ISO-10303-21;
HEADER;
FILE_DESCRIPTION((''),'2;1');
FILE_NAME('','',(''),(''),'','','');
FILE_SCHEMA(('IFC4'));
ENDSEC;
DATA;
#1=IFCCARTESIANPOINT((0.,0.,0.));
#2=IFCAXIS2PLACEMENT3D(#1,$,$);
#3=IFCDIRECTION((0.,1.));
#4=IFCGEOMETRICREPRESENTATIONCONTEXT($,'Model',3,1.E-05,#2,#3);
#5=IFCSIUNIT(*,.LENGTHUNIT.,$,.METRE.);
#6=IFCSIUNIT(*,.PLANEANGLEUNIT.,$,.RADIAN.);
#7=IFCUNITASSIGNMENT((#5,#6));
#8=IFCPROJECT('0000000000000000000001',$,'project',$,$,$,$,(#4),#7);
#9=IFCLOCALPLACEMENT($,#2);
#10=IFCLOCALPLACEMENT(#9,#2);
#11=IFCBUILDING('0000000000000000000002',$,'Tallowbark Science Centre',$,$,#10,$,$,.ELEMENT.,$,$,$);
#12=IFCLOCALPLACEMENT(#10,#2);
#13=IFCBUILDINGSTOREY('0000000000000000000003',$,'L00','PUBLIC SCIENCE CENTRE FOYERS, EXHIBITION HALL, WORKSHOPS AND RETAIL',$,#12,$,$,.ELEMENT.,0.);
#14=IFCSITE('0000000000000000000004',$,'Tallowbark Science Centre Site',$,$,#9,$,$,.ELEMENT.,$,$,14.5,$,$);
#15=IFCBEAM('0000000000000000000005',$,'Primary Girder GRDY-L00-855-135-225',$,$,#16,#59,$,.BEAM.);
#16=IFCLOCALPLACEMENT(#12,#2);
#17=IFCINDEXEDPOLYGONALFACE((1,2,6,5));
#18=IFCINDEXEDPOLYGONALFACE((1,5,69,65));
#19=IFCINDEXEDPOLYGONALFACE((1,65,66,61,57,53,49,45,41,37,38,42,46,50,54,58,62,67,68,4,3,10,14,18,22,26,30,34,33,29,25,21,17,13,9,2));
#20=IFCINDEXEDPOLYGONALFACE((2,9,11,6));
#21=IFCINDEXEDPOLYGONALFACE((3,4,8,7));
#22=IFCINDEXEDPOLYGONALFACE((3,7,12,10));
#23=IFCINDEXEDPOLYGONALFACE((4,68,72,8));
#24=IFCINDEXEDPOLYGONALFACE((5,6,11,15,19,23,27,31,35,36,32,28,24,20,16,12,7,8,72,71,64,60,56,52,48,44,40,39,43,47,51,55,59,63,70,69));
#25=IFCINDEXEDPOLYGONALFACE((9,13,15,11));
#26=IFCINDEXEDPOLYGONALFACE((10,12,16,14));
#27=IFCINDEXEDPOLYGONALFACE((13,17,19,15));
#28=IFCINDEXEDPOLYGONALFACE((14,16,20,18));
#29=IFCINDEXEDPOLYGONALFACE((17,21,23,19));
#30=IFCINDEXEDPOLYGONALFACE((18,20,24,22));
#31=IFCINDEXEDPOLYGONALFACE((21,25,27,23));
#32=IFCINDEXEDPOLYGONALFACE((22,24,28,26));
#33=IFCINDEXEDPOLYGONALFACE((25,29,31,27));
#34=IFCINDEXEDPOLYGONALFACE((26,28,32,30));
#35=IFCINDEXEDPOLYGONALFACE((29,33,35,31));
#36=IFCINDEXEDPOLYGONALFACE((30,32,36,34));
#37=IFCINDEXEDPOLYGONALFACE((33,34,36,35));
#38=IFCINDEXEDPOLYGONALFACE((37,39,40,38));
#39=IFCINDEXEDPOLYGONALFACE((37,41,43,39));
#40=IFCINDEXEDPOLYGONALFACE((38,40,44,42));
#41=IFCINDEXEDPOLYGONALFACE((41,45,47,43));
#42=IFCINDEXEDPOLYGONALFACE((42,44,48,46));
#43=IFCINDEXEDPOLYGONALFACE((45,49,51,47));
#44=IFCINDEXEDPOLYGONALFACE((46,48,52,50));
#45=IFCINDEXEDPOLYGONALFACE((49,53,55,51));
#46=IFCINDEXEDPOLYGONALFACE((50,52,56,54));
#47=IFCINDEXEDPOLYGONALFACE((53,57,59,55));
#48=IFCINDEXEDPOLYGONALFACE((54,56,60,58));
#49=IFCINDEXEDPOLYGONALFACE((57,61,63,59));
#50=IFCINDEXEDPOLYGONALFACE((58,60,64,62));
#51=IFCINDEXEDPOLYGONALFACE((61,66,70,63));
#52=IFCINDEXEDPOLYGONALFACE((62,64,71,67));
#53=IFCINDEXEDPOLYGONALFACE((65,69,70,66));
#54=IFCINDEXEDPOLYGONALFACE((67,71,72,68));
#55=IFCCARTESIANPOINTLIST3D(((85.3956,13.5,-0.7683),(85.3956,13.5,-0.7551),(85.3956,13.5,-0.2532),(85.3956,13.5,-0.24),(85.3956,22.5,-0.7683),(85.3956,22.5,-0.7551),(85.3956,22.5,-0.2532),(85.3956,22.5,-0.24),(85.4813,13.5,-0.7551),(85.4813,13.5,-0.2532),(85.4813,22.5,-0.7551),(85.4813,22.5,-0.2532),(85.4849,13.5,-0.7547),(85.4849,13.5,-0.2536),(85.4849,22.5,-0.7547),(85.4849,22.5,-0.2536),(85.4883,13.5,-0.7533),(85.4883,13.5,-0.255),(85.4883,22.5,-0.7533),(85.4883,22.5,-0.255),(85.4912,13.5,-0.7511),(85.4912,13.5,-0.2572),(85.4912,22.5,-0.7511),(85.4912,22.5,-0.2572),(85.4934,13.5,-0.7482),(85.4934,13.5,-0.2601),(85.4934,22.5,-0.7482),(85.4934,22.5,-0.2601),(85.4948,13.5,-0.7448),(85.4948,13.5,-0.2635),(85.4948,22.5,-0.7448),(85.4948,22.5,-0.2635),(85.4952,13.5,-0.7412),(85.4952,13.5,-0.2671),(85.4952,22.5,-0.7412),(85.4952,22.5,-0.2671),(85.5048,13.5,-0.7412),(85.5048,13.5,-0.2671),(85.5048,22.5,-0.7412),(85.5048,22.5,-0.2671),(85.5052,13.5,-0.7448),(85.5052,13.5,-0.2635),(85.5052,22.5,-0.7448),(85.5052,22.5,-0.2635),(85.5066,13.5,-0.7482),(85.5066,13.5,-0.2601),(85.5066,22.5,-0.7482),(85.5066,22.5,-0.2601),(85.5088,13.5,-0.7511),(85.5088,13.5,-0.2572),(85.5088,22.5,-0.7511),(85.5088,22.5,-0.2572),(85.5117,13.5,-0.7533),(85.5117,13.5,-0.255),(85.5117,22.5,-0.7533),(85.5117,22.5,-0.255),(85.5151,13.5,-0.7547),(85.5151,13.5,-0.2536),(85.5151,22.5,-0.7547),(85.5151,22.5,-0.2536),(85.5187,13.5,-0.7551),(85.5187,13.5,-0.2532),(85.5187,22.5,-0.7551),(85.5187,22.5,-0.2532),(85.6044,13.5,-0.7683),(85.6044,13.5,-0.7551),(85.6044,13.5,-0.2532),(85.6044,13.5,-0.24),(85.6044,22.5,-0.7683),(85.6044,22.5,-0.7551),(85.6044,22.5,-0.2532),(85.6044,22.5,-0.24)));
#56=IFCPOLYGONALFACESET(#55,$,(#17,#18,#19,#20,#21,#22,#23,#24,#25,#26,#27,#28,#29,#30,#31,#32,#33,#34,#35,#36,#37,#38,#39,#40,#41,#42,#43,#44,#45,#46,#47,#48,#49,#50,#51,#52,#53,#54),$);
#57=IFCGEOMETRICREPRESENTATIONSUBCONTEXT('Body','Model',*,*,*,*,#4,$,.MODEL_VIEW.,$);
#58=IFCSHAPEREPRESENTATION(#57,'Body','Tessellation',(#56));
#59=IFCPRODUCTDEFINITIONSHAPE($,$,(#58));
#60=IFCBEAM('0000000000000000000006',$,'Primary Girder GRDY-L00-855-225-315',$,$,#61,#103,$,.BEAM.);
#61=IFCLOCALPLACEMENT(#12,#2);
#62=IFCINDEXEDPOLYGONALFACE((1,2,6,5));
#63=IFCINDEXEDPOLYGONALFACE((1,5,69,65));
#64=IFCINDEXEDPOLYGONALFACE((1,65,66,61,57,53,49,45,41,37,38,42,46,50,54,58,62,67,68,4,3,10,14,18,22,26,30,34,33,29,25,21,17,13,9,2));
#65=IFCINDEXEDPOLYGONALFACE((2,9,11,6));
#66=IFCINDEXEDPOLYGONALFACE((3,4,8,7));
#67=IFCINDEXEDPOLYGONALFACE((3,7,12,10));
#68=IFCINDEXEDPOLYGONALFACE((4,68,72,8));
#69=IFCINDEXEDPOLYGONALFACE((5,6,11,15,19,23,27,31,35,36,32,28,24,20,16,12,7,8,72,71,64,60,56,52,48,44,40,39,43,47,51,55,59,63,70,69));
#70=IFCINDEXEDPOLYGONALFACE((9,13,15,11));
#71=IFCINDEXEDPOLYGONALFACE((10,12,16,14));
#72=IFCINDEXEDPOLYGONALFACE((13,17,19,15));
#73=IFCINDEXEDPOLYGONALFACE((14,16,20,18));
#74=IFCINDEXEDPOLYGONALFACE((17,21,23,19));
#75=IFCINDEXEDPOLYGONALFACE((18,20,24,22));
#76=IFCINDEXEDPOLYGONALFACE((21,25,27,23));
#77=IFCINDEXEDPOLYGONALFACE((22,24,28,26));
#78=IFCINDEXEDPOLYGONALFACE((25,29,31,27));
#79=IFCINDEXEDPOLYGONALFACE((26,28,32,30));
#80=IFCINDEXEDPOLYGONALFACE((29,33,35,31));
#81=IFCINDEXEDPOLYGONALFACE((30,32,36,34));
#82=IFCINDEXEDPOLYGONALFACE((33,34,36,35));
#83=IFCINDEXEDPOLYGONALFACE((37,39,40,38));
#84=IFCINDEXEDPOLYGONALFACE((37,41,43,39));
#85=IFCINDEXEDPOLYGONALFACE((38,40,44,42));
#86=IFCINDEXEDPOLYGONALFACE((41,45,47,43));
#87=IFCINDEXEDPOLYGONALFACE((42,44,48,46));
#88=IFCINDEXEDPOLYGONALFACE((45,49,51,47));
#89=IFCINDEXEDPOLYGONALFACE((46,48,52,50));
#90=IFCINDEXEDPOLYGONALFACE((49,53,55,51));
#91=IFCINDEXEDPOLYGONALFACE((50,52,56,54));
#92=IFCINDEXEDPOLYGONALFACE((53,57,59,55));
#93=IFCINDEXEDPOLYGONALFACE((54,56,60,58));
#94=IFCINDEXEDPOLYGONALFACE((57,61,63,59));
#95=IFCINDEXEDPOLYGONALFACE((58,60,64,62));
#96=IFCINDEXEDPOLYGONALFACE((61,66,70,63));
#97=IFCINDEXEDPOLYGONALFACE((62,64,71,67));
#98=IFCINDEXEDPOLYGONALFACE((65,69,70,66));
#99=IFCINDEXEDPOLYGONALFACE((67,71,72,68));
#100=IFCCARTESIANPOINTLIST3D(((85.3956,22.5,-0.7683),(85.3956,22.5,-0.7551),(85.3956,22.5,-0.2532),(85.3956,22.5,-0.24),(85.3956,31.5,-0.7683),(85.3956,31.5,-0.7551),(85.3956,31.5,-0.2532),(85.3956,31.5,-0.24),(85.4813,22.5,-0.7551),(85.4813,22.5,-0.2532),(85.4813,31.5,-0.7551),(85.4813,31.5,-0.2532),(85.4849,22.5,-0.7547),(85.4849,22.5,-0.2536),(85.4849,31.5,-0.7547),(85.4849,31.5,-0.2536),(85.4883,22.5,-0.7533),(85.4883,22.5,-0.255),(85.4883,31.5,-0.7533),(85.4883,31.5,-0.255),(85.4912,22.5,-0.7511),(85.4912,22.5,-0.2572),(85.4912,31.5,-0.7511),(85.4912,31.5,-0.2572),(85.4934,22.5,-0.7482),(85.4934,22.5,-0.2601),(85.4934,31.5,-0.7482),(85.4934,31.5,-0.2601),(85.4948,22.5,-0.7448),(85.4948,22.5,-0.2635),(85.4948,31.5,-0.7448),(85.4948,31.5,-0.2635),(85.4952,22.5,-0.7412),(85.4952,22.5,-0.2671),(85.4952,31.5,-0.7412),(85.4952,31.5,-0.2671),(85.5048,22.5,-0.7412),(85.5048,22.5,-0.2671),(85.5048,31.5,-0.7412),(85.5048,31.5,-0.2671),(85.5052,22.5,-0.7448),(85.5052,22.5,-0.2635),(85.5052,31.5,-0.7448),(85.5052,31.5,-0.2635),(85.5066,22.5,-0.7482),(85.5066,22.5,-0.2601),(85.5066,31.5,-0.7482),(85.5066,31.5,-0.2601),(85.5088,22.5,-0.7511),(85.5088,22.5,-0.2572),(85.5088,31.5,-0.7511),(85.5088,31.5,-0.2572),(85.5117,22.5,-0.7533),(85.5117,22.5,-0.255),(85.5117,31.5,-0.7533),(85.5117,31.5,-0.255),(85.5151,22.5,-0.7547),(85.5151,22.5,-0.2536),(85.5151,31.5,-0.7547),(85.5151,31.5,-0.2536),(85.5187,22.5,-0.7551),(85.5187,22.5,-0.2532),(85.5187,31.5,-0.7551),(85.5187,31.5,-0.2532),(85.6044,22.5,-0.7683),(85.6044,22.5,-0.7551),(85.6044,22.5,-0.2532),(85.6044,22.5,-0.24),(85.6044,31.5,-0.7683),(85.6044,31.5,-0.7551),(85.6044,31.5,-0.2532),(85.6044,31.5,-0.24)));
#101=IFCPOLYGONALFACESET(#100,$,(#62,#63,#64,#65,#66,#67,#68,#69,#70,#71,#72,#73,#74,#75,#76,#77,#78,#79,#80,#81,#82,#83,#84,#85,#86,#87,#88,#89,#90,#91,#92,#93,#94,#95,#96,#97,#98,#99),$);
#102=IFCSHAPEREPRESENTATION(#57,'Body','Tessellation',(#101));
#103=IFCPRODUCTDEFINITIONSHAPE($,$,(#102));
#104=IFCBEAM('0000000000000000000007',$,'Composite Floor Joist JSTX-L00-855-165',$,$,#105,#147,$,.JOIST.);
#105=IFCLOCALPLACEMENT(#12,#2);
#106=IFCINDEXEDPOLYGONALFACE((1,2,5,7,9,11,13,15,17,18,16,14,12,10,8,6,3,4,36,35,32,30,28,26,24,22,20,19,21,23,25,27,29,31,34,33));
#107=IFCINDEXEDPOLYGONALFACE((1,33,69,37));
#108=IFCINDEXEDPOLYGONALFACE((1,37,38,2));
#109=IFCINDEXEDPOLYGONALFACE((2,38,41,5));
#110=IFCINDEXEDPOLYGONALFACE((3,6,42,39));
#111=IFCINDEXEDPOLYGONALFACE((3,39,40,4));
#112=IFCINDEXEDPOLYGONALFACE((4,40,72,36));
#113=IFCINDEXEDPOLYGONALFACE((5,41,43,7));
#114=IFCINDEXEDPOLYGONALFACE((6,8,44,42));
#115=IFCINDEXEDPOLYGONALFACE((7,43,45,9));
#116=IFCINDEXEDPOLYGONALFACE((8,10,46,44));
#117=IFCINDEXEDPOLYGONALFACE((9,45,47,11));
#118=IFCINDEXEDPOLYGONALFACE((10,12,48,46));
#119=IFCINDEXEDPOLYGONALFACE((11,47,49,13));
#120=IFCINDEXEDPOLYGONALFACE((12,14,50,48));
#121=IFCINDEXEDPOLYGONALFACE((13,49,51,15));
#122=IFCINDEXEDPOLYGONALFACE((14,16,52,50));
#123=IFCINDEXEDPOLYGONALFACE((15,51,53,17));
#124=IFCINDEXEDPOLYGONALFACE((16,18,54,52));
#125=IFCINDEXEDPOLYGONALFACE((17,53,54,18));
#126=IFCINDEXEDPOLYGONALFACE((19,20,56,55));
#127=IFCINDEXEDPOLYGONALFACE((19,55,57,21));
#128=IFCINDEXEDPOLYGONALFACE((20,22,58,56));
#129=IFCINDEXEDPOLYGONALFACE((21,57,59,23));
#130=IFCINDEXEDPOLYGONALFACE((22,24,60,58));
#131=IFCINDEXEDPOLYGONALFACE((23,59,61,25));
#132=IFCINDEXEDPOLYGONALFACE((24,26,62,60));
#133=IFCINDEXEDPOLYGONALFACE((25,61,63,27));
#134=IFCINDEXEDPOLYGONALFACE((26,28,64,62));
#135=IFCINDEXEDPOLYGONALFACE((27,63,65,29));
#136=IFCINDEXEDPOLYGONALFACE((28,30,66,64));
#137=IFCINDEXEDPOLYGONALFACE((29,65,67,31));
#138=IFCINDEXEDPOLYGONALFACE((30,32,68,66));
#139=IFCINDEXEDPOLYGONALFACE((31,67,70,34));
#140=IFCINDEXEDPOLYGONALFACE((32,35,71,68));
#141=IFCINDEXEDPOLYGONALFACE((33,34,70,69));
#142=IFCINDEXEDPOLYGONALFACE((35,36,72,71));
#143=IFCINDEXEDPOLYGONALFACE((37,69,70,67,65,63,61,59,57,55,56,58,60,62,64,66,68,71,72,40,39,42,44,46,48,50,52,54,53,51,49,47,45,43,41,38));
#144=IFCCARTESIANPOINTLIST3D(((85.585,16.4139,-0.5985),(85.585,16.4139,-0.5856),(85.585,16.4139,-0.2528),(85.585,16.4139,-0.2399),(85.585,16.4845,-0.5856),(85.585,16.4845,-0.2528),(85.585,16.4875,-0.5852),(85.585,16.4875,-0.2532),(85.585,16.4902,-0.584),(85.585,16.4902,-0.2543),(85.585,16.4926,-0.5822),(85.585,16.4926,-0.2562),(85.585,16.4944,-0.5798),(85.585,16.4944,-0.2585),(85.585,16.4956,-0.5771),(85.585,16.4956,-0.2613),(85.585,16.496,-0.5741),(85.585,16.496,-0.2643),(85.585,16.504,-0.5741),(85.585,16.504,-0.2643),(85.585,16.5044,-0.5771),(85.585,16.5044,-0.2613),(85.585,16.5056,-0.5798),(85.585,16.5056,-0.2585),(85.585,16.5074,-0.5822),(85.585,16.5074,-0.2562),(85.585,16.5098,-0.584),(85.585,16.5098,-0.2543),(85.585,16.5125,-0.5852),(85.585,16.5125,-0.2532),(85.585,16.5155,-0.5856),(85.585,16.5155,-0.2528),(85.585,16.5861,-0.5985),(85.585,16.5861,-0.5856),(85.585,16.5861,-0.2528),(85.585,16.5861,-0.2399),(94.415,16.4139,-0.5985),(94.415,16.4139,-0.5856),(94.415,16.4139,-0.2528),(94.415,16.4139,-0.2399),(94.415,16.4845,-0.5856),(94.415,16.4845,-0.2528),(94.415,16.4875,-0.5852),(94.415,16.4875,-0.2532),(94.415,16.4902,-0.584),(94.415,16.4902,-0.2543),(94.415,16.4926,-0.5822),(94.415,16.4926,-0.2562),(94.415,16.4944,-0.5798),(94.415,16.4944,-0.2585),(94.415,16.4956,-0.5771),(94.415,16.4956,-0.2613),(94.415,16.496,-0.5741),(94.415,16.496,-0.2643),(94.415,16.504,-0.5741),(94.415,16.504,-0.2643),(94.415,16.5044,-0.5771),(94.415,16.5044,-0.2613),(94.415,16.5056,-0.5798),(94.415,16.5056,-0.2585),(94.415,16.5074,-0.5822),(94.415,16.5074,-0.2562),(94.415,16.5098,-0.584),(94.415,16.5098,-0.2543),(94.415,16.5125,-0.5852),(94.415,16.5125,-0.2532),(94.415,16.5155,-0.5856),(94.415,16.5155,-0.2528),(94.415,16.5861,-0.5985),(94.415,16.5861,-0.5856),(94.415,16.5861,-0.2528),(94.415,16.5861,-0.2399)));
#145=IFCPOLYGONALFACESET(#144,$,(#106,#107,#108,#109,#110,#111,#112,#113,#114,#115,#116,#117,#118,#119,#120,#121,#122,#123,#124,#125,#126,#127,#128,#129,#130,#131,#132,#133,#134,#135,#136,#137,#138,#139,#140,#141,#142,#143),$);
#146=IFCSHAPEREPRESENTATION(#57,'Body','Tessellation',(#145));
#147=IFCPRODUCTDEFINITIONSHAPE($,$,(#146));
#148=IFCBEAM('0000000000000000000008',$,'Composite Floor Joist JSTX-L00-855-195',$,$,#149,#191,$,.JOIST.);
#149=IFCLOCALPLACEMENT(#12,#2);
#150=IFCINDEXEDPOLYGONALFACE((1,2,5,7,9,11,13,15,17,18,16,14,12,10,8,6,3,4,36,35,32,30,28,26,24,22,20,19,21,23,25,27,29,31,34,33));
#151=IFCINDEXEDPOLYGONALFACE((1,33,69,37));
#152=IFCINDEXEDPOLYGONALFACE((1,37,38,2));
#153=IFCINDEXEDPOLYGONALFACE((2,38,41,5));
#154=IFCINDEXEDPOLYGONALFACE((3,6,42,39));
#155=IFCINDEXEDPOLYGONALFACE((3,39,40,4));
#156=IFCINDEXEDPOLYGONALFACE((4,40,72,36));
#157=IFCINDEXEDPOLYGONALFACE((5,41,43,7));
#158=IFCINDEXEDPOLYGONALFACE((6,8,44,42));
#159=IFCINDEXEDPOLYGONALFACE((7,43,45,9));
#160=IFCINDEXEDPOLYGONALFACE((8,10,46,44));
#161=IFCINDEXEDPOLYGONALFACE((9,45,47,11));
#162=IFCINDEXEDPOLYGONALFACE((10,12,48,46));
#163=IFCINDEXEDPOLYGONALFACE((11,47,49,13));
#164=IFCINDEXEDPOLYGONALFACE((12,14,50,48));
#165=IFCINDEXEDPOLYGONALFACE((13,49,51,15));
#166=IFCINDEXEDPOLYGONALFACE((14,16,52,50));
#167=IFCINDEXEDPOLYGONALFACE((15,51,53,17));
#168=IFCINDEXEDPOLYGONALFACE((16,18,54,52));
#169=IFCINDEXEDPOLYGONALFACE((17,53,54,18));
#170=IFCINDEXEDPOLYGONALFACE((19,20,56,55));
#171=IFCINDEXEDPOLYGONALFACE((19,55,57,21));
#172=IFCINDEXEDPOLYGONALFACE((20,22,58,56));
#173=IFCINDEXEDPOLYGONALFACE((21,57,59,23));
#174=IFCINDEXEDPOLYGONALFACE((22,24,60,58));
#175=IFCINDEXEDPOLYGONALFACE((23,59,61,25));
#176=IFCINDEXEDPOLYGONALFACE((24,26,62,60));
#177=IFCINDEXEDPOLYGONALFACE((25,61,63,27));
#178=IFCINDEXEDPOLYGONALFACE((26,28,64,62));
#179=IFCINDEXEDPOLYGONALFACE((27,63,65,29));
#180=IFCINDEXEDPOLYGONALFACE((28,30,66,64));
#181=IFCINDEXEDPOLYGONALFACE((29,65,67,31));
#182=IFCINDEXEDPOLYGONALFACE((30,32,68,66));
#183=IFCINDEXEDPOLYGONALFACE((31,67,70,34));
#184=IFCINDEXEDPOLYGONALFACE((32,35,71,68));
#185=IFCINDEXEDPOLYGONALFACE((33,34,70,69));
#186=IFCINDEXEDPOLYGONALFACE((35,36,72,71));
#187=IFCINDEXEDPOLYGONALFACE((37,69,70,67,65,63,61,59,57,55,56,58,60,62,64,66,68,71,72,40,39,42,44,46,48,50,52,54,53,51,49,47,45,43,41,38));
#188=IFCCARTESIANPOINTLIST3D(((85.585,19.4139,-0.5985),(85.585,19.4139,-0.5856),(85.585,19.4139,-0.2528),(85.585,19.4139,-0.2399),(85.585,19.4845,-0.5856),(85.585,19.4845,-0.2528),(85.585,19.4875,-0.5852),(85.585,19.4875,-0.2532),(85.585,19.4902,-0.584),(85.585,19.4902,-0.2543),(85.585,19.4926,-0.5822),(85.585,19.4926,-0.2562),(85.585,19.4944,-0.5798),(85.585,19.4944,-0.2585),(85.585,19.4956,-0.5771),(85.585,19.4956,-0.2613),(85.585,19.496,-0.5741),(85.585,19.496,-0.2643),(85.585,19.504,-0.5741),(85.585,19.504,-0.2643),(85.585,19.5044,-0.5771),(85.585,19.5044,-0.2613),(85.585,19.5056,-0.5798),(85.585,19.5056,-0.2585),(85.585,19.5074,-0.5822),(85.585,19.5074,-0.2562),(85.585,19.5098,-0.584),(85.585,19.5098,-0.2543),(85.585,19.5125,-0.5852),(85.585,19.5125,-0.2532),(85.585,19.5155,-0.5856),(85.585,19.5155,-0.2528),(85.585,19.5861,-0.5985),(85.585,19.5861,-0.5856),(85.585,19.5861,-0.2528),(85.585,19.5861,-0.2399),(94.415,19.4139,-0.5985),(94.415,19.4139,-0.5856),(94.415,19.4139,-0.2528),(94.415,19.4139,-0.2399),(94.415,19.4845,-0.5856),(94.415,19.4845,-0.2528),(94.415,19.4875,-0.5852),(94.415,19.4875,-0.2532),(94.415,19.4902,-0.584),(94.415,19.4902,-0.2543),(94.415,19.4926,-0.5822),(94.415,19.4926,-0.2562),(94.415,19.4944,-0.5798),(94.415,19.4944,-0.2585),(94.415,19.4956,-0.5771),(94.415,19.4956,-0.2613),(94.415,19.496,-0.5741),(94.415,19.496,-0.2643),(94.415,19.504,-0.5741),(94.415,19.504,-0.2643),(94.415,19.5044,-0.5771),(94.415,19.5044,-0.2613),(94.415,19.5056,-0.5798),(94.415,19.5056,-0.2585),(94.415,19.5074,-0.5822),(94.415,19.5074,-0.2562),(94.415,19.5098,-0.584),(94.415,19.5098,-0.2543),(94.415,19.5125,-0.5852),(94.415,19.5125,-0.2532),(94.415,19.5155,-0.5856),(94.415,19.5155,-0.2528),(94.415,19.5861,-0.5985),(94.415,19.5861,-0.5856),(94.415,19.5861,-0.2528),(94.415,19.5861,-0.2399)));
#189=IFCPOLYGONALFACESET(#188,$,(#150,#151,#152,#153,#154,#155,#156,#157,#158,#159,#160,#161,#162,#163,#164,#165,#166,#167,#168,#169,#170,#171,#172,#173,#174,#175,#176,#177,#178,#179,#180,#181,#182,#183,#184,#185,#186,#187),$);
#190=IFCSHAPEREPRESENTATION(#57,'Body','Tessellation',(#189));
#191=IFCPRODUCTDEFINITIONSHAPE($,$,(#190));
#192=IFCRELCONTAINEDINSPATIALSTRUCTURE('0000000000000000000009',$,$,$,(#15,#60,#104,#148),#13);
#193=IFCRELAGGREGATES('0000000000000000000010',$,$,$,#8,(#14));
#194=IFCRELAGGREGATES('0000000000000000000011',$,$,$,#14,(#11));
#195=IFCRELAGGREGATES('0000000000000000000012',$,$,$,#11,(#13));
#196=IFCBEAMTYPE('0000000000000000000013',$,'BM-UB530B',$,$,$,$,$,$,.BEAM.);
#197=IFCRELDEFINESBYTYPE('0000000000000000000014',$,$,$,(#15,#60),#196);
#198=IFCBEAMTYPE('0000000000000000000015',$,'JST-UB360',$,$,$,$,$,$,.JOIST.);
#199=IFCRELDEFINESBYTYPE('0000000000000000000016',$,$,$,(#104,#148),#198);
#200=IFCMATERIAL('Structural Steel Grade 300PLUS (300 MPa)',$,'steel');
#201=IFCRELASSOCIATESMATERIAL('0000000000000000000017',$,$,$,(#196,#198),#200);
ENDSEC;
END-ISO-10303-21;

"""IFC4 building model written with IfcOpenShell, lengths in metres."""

from ifc_helpers import new_model, si_unit, direction, frame, origin, origin_2d, place, context, subcontext, project, spatial, i_section, extrude, material, material_profile, profile_set, type_object, element, save


model = new_model("IFC4")

# Units and contexts
model_context = context("Model", 3, precision=1e-05, world=origin(), true_north=direction((0.0, 1.0)))
body_context = subcontext(model_context, "Body", "Model", "MODEL_VIEW")
ifc_project = project(units=[si_unit("LENGTHUNIT", "METRE"), si_unit("PLANEANGLEUNIT", "RADIAN")], contexts=[model_context])

# Site, building, storey
site_placement = place(None, origin())
site = spatial("IfcSite", under=ifc_project, at=site_placement, Name="Tallowbark Science Centre Site", CompositionType="ELEMENT", RefElevation=14.5)
building_placement = place(site_placement, origin())
building = spatial("IfcBuilding", under=site, at=building_placement, Name="Tallowbark Science Centre", CompositionType="ELEMENT")
storey_placement = place(building_placement, origin())
storey = spatial("IfcBuildingStorey", under=building, at=storey_placement, Name="L00", Description="PUBLIC SCIENCE CENTRE FOYERS, EXHIBITION HALL, WORKSHOPS AND RETAIL", CompositionType="ELEMENT", Elevation=0.0)

# Shared definitions
ifc_material_1 = material(Name="Structural Steel Grade 300PLUS (300 MPa)", Category="steel")

# Beams
ifc_material_profile_1 = material_profile(ifc_material_1, i_section(OverallWidth=0.2087, OverallDepth=0.5283, WebThickness=0.0095, FlangeThickness=0.0132, FilletRadius=0.0139, at=origin_2d()), Name="530UB82.0")
ifc_profile_set_1 = profile_set([ifc_material_profile_1], Name="Structural Steel Grade 300PLUS (300 MPa)")
beam_type_1 = type_object("IfcBeamType", Name="BM-UB530B", PredefinedType="BEAM", material=ifc_profile_set_1)
for number, where, z_axis, x_axis, name in (
    (1, (85.5, 13.5, -0.5042), (0.0, 1.0, 0.0), (-1.0, 0.0, 0.0), "Primary Girder GRDY-L00-855-135-225"),
    (2, (85.5, 22.5, -0.5042), (0.0, 1.0, 0.0), (-1.0, 0.0, 0.0), "Primary Girder GRDY-L00-855-225-315"),
):
    element("IfcBeam", number, at=place(storey_placement, frame(where, z_axis=z_axis, x_axis=x_axis)), inside=storey, type_object=beam_type_1, Name=name, PredefinedType="BEAM", context=body_context, shape_type="SweptSolid", body=[
        extrude(i_section(OverallWidth=0.2087, OverallDepth=0.5283, WebThickness=0.0095, FlangeThickness=0.0132, FilletRadius=0.0139, at=origin_2d()), origin(), (0.0, 0.0, 1.0), 9.0),
    ])
ifc_material_profile_2 = material_profile(ifc_material_1, i_section(OverallWidth=0.1721, OverallDepth=0.3586, WebThickness=0.0081, FlangeThickness=0.0129, FilletRadius=0.0115, at=origin_2d()), Name="360UB56.7")
ifc_profile_set_2 = profile_set([ifc_material_profile_2], Name="Structural Steel Grade 300PLUS (300 MPa)")
beam_type_2 = type_object("IfcBeamType", Name="JST-UB360", PredefinedType="JOIST", material=ifc_profile_set_2)
for number, where, z_axis, x_axis, name in (
    (3, (85.585, 16.5, -0.4192), (1.0, 0.0, 0.0), (0.0, 1.0, 0.0), "Composite Floor Joist JSTX-L00-855-165"),
    (4, (85.585, 19.5, -0.4192), (1.0, 0.0, 0.0), (0.0, 1.0, 0.0), "Composite Floor Joist JSTX-L00-855-195"),
):
    element("IfcBeam", number, at=place(storey_placement, frame(where, z_axis=z_axis, x_axis=x_axis)), inside=storey, type_object=beam_type_2, Name=name, PredefinedType="JOIST", context=body_context, shape_type="SweptSolid", body=[
        extrude(i_section(OverallWidth=0.1721, OverallDepth=0.3586, WebThickness=0.0081, FlangeThickness=0.0129, FilletRadius=0.0115, at=origin_2d()), origin(), (0.0, 0.0, 1.0), 8.8301),
    ])

save(model, "model.ifc")
